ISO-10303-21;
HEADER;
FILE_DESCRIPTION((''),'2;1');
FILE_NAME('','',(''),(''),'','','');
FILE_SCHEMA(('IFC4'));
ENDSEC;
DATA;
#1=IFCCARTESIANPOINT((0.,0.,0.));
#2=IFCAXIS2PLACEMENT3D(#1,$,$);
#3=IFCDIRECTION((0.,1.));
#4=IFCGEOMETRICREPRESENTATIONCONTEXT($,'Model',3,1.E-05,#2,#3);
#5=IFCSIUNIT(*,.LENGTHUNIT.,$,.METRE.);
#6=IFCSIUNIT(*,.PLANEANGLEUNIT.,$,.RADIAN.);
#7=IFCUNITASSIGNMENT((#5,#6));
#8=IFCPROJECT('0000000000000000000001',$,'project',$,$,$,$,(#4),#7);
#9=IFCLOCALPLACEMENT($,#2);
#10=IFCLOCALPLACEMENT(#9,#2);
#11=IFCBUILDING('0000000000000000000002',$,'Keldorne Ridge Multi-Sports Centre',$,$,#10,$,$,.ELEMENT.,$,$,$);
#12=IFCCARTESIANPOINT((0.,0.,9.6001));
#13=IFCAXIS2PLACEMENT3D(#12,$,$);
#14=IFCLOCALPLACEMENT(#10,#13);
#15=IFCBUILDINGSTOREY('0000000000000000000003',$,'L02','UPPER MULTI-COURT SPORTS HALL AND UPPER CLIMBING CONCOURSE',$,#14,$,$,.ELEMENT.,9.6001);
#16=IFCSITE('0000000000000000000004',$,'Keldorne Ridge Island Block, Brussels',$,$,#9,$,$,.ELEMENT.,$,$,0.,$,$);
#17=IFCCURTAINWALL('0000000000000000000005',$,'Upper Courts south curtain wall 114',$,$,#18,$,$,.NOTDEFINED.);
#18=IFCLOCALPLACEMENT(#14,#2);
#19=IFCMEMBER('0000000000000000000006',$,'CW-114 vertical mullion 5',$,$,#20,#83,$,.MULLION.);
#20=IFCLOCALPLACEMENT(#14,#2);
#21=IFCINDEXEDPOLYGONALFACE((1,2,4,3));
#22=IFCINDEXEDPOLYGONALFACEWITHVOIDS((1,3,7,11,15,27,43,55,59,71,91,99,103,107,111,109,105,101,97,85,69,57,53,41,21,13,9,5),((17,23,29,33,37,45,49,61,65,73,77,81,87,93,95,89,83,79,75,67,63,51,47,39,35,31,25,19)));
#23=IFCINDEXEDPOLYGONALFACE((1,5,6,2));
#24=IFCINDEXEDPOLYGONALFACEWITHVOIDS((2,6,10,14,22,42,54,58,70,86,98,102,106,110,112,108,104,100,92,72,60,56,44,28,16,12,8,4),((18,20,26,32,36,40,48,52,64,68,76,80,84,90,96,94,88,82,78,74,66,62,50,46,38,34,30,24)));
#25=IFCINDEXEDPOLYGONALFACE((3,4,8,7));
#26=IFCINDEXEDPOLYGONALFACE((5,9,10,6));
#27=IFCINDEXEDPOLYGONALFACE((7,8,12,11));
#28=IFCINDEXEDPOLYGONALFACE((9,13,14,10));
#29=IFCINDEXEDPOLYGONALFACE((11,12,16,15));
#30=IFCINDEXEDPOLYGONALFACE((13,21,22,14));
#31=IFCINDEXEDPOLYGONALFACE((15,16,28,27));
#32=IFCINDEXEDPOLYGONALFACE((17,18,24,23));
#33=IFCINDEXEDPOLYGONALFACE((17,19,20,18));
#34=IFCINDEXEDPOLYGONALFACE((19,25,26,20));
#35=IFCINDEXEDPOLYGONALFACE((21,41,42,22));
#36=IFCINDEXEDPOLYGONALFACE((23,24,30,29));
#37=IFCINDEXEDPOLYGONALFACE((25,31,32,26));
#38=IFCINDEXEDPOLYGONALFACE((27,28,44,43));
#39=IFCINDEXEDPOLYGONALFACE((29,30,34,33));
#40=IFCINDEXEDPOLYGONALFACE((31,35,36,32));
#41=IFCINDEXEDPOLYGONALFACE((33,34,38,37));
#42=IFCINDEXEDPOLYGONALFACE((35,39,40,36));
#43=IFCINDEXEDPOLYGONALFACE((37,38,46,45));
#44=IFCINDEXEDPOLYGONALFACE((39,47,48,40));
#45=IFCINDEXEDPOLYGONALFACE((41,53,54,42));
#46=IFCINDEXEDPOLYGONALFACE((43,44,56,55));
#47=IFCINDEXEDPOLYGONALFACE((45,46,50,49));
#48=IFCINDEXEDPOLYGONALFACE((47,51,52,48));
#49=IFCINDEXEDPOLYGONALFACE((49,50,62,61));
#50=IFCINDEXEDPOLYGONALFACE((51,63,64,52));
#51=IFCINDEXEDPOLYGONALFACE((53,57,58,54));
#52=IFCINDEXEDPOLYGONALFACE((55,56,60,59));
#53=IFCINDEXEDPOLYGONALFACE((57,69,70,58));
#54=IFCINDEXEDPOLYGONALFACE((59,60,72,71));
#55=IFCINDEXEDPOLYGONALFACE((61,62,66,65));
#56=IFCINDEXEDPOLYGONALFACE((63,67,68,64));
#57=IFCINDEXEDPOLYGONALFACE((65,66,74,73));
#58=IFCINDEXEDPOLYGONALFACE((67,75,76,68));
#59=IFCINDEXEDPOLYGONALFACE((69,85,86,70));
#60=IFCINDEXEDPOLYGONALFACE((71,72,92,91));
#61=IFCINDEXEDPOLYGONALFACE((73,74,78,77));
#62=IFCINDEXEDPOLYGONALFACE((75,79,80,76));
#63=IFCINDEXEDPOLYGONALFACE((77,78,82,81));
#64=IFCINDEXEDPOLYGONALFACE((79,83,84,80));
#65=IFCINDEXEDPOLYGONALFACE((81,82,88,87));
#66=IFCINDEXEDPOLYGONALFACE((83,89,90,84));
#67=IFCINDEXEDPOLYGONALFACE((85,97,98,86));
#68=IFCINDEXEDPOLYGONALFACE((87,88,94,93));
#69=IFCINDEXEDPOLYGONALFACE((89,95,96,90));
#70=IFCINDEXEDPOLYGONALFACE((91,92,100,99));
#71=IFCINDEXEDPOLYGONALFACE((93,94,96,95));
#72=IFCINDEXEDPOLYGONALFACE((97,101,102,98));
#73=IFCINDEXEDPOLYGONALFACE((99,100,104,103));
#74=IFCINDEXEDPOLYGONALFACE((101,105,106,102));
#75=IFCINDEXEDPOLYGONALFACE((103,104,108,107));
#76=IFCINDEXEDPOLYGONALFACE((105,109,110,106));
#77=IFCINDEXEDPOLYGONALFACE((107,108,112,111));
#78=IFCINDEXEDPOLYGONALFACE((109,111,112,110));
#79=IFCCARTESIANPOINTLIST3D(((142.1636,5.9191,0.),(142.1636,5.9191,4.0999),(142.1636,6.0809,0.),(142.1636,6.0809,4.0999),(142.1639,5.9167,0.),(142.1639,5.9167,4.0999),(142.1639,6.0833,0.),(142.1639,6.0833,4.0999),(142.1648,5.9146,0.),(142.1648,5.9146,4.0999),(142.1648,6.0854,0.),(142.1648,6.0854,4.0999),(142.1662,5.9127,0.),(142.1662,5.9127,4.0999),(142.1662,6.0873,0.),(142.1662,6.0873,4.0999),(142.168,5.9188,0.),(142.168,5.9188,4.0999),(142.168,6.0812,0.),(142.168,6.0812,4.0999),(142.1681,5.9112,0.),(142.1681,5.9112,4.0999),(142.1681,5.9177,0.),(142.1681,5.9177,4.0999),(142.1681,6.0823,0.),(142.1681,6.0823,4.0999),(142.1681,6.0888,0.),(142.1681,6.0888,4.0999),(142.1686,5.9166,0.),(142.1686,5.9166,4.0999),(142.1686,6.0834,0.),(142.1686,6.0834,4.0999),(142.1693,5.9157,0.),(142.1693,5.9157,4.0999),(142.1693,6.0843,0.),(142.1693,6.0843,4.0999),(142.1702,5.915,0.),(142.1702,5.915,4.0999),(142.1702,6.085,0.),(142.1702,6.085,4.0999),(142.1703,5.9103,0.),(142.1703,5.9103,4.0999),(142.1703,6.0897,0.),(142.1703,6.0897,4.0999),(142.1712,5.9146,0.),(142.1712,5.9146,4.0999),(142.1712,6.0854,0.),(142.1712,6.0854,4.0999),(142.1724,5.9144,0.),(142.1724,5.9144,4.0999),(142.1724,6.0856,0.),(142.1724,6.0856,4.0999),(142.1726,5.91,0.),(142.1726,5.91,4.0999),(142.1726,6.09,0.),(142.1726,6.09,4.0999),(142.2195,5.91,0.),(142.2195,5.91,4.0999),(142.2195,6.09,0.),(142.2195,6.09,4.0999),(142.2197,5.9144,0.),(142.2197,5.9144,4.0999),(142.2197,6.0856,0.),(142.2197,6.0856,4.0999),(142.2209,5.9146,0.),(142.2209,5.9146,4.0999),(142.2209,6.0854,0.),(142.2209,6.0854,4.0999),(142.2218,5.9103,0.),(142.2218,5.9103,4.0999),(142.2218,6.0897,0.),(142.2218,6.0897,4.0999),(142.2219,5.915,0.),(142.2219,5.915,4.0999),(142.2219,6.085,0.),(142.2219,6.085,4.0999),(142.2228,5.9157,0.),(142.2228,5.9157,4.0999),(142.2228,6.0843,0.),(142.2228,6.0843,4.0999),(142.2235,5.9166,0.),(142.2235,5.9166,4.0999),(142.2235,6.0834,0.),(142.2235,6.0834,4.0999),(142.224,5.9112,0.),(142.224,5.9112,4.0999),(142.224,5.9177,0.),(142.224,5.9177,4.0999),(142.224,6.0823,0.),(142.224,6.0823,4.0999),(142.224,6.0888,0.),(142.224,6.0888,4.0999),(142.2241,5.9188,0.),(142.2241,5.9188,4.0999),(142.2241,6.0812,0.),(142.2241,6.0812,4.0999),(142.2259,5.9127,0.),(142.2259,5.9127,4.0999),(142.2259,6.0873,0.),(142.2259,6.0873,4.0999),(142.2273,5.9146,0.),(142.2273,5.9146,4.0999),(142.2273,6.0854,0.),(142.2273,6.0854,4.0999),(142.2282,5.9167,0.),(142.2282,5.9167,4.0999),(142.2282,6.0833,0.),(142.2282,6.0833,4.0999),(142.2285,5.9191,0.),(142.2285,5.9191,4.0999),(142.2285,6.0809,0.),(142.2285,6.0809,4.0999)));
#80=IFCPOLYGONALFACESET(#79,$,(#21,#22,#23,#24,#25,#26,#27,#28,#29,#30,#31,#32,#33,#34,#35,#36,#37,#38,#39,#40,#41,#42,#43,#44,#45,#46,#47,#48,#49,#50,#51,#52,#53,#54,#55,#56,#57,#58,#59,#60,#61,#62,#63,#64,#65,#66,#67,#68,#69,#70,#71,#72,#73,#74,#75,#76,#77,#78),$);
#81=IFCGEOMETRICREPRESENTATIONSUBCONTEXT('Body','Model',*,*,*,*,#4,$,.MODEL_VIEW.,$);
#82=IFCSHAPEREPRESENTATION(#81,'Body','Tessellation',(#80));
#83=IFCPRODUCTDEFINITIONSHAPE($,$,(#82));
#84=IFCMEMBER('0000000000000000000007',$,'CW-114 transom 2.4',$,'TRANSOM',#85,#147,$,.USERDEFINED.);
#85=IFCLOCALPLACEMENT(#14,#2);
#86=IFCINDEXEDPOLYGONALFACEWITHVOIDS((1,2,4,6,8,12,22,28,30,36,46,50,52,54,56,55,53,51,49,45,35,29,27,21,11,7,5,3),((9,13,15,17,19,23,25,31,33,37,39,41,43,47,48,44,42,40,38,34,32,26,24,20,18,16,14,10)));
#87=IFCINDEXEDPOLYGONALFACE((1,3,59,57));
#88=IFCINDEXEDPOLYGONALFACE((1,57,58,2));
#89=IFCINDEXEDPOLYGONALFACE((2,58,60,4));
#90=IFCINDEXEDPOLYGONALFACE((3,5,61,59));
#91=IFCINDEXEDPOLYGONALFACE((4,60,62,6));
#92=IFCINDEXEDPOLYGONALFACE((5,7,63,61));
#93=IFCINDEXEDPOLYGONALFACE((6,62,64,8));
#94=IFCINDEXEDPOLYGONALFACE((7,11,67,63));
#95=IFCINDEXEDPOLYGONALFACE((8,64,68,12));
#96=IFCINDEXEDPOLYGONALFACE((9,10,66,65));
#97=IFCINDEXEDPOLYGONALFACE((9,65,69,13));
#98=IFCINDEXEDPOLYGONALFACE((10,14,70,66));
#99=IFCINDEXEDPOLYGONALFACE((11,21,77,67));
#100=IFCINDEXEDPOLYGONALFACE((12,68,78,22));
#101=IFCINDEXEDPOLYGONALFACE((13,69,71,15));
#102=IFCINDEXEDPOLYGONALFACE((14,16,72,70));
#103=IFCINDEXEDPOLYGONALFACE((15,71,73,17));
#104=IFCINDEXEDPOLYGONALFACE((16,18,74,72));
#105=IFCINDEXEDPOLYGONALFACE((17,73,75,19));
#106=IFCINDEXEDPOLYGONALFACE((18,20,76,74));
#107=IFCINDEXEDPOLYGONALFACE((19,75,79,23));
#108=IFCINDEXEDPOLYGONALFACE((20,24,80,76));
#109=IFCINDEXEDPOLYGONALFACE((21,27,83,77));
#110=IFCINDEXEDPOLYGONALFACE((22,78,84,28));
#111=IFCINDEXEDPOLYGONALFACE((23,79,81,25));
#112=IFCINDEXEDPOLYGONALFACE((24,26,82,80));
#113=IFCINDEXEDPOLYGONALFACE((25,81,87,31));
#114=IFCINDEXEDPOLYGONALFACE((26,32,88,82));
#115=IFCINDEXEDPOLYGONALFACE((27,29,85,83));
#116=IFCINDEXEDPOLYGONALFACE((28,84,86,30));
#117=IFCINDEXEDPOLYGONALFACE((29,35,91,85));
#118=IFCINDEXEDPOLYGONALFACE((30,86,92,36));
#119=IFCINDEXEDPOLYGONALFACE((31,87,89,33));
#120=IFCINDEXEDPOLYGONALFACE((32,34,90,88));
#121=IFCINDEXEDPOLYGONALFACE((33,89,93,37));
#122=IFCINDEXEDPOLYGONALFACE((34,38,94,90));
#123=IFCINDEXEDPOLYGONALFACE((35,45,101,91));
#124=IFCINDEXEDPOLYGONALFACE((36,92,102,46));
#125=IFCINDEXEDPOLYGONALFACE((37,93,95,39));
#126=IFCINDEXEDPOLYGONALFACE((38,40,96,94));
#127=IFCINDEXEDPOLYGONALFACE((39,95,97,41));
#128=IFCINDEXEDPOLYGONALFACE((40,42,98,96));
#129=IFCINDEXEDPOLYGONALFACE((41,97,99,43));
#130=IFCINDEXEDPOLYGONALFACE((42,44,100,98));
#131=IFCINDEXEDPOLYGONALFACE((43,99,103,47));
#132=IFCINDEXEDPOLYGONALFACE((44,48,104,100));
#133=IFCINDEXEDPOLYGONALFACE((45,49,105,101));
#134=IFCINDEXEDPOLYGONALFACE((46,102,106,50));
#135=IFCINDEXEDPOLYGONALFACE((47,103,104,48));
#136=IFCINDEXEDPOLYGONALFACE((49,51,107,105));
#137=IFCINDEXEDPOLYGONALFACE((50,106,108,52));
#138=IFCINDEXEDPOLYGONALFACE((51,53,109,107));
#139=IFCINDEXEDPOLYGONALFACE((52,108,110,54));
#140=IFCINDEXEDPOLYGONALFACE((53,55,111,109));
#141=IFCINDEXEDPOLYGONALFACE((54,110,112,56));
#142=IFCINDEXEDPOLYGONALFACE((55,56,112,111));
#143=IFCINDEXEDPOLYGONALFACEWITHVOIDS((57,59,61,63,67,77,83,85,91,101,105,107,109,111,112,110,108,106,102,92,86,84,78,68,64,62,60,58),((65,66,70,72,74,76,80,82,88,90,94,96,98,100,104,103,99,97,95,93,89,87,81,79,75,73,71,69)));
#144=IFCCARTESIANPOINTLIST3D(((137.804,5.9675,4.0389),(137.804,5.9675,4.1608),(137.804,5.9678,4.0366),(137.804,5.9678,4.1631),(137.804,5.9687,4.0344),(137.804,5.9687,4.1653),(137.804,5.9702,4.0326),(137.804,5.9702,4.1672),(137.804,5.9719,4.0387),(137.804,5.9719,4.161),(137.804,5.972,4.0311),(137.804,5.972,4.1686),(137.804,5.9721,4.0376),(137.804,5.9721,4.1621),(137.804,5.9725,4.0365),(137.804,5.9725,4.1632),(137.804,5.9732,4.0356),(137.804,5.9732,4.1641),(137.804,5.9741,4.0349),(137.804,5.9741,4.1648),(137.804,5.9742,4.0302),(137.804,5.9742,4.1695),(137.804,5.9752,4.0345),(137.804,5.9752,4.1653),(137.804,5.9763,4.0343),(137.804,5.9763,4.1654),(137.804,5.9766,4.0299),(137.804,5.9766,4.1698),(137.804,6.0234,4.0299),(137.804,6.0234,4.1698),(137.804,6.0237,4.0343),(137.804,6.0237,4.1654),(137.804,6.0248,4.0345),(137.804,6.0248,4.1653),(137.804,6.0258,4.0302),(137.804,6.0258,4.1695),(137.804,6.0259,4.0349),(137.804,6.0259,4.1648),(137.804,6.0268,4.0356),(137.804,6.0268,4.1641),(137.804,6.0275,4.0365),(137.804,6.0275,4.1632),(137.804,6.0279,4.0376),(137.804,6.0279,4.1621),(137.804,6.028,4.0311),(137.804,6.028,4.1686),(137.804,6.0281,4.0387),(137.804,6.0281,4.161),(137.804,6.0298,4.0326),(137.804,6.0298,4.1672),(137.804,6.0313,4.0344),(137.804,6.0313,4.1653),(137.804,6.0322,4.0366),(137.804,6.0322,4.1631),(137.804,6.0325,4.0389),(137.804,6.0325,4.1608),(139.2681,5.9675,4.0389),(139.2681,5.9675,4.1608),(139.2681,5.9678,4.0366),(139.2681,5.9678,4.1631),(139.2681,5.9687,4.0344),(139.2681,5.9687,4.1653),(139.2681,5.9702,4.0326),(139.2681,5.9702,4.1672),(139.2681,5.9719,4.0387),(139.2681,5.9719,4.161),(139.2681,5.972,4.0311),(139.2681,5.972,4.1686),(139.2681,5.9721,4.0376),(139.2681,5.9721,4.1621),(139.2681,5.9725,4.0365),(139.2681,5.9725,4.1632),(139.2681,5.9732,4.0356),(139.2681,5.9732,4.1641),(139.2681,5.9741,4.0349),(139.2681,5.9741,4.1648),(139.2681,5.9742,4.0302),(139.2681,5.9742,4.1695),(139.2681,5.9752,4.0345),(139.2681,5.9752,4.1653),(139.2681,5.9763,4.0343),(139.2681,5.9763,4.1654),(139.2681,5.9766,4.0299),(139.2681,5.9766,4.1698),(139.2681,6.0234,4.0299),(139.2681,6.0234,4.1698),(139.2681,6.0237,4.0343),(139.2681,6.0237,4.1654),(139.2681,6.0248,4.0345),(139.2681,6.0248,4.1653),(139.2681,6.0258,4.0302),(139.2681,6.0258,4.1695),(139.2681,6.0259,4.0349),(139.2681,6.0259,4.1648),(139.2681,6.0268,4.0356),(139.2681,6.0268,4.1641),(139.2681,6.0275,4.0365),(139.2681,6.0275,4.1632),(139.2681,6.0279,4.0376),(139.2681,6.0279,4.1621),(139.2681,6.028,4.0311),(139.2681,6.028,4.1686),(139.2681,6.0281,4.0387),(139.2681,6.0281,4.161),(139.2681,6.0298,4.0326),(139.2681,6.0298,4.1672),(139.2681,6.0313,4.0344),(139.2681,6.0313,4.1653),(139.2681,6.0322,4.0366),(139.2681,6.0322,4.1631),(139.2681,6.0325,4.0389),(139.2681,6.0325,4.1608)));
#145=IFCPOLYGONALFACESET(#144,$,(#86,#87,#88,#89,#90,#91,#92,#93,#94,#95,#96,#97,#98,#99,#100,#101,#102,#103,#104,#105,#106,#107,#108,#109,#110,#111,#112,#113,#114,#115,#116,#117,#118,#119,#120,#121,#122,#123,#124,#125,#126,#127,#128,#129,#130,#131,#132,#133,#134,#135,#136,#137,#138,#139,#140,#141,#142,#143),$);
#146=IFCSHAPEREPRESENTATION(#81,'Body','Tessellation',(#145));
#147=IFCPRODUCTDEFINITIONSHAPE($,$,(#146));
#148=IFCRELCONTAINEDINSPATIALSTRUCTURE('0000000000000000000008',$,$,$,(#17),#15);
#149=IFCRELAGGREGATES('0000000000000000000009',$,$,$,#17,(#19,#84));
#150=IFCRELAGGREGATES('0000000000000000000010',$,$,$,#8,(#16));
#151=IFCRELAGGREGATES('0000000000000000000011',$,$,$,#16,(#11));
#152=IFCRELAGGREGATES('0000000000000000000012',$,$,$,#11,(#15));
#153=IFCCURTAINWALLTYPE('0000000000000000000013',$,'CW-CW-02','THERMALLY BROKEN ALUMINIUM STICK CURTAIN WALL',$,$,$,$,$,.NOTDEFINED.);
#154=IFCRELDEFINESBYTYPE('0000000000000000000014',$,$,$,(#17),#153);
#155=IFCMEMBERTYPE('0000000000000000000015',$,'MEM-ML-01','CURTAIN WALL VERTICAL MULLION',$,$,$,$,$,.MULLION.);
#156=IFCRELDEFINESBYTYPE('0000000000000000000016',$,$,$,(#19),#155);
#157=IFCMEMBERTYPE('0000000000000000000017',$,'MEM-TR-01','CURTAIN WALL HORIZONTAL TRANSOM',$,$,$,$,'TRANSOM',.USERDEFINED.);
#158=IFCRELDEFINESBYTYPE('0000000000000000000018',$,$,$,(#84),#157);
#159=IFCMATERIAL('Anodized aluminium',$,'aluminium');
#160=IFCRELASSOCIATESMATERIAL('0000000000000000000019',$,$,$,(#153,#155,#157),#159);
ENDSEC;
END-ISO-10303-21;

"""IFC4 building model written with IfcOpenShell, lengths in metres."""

from ifc_helpers import new_model, si_unit, direction, frame, origin, origin_2d, place, context, subcontext, project, spatial, hollow_rectangle, extrude, material, material_profile, profile_set, type_object, element, aggregate, save


model = new_model("IFC4")

# Units and contexts
model_context = context("Model", 3, precision=1e-05, world=origin(), true_north=direction((0.0, 1.0)))
body_context = subcontext(model_context, "Body", "Model", "MODEL_VIEW")
ifc_project = project(units=[si_unit("LENGTHUNIT", "METRE"), si_unit("PLANEANGLEUNIT", "RADIAN")], contexts=[model_context])

# Site, building, storey
site_placement = place(None, origin())
site = spatial("IfcSite", under=ifc_project, at=site_placement, Name="Keldorne Ridge Island Block, Brussels", CompositionType="ELEMENT", RefElevation=0.0)
building_placement = place(site_placement, origin())
building = spatial("IfcBuilding", under=site, at=building_placement, Name="Keldorne Ridge Multi-Sports Centre", CompositionType="ELEMENT")
storey_placement = place(building_placement, frame((0.0, 0.0, 9.6001)))
storey = spatial("IfcBuildingStorey", under=building, at=storey_placement, Name="L02", Description="UPPER MULTI-COURT SPORTS HALL AND UPPER CLIMBING CONCOURSE", CompositionType="ELEMENT", Elevation=9.6001)

# Curtain wall, members
ifc_material_1 = material(Name="Anodized aluminium", Category="aluminium")
curtain_wall_type = type_object("IfcCurtainWallType", Name="CW-CW-02", Description="THERMALLY BROKEN ALUMINIUM STICK CURTAIN WALL", PredefinedType="NOTDEFINED", material=ifc_material_1)
curtain_wall_placement = place(storey_placement, origin())
curtain_wall = element("IfcCurtainWall", 1, at=curtain_wall_placement, inside=storey, type_object=curtain_wall_type, Name="Upper Courts south curtain wall 114", PredefinedType="NOTDEFINED")
ifc_material_profile_1 = material_profile(ifc_material_1, hollow_rectangle(XDim=0.0649, YDim=0.1799, WallThickness=0.0044, InnerFilletRadius=0.0044, OuterFilletRadius=0.009, at=origin_2d()), Name="ALU MULLION 180x65x4.5")
ifc_profile_set_1 = profile_set([ifc_material_profile_1], Name="Anodized aluminium")
member_type_1 = type_object("IfcMemberType", Name="MEM-ML-01", Description="CURTAIN WALL VERTICAL MULLION", PredefinedType="MULLION", material=ifc_profile_set_1)
member_1_placement = place(storey_placement, frame((142.196, 6.0, 0.0), z_axis=(0.0, 0.0, 1.0), x_axis=(1.0, 0.0, 0.0)))
member_1 = element("IfcMember", 2, at=member_1_placement, type_object=member_type_1, Name="CW-114 vertical mullion 5", PredefinedType="MULLION", context=body_context, shape_type="SweptSolid", body=[
    extrude(hollow_rectangle(XDim=0.0649, YDim=0.1799, WallThickness=0.0044, InnerFilletRadius=0.0044, OuterFilletRadius=0.009, at=origin_2d()), origin(), (0.0, 0.0, 1.0), 4.0999),
])
ifc_material_profile_2 = material_profile(ifc_material_1, hollow_rectangle(XDim=0.0649, YDim=0.1399, WallThickness=0.0044, InnerFilletRadius=0.0044, OuterFilletRadius=0.009, at=origin_2d()), Name="ALU TRANSOM 140x65x4.5")
ifc_profile_set_2 = profile_set([ifc_material_profile_2], Name="Anodized aluminium")
member_type_2 = type_object("IfcMemberType", Name="MEM-TR-01", Description="CURTAIN WALL HORIZONTAL TRANSOM", ElementType="TRANSOM", PredefinedType="USERDEFINED", material=ifc_profile_set_2)
member_2_placement = place(storey_placement, frame((137.804, 6.0, 4.0999), z_axis=(1.0, 0.0, 0.0), x_axis=(0.0, 1.0, 0.0)))
member_2 = element("IfcMember", 3, at=member_2_placement, type_object=member_type_2, Name="CW-114 transom 2.4", ObjectType="TRANSOM", PredefinedType="USERDEFINED", context=body_context, shape_type="SweptSolid", body=[
    extrude(hollow_rectangle(XDim=0.0649, YDim=0.1399, WallThickness=0.0044, InnerFilletRadius=0.0044, OuterFilletRadius=0.009, at=origin_2d()), origin(), (0.0, 0.0, 1.0), 1.4641),
])
aggregate(curtain_wall, [member_1, member_2])

save(model, "model.ifc")
